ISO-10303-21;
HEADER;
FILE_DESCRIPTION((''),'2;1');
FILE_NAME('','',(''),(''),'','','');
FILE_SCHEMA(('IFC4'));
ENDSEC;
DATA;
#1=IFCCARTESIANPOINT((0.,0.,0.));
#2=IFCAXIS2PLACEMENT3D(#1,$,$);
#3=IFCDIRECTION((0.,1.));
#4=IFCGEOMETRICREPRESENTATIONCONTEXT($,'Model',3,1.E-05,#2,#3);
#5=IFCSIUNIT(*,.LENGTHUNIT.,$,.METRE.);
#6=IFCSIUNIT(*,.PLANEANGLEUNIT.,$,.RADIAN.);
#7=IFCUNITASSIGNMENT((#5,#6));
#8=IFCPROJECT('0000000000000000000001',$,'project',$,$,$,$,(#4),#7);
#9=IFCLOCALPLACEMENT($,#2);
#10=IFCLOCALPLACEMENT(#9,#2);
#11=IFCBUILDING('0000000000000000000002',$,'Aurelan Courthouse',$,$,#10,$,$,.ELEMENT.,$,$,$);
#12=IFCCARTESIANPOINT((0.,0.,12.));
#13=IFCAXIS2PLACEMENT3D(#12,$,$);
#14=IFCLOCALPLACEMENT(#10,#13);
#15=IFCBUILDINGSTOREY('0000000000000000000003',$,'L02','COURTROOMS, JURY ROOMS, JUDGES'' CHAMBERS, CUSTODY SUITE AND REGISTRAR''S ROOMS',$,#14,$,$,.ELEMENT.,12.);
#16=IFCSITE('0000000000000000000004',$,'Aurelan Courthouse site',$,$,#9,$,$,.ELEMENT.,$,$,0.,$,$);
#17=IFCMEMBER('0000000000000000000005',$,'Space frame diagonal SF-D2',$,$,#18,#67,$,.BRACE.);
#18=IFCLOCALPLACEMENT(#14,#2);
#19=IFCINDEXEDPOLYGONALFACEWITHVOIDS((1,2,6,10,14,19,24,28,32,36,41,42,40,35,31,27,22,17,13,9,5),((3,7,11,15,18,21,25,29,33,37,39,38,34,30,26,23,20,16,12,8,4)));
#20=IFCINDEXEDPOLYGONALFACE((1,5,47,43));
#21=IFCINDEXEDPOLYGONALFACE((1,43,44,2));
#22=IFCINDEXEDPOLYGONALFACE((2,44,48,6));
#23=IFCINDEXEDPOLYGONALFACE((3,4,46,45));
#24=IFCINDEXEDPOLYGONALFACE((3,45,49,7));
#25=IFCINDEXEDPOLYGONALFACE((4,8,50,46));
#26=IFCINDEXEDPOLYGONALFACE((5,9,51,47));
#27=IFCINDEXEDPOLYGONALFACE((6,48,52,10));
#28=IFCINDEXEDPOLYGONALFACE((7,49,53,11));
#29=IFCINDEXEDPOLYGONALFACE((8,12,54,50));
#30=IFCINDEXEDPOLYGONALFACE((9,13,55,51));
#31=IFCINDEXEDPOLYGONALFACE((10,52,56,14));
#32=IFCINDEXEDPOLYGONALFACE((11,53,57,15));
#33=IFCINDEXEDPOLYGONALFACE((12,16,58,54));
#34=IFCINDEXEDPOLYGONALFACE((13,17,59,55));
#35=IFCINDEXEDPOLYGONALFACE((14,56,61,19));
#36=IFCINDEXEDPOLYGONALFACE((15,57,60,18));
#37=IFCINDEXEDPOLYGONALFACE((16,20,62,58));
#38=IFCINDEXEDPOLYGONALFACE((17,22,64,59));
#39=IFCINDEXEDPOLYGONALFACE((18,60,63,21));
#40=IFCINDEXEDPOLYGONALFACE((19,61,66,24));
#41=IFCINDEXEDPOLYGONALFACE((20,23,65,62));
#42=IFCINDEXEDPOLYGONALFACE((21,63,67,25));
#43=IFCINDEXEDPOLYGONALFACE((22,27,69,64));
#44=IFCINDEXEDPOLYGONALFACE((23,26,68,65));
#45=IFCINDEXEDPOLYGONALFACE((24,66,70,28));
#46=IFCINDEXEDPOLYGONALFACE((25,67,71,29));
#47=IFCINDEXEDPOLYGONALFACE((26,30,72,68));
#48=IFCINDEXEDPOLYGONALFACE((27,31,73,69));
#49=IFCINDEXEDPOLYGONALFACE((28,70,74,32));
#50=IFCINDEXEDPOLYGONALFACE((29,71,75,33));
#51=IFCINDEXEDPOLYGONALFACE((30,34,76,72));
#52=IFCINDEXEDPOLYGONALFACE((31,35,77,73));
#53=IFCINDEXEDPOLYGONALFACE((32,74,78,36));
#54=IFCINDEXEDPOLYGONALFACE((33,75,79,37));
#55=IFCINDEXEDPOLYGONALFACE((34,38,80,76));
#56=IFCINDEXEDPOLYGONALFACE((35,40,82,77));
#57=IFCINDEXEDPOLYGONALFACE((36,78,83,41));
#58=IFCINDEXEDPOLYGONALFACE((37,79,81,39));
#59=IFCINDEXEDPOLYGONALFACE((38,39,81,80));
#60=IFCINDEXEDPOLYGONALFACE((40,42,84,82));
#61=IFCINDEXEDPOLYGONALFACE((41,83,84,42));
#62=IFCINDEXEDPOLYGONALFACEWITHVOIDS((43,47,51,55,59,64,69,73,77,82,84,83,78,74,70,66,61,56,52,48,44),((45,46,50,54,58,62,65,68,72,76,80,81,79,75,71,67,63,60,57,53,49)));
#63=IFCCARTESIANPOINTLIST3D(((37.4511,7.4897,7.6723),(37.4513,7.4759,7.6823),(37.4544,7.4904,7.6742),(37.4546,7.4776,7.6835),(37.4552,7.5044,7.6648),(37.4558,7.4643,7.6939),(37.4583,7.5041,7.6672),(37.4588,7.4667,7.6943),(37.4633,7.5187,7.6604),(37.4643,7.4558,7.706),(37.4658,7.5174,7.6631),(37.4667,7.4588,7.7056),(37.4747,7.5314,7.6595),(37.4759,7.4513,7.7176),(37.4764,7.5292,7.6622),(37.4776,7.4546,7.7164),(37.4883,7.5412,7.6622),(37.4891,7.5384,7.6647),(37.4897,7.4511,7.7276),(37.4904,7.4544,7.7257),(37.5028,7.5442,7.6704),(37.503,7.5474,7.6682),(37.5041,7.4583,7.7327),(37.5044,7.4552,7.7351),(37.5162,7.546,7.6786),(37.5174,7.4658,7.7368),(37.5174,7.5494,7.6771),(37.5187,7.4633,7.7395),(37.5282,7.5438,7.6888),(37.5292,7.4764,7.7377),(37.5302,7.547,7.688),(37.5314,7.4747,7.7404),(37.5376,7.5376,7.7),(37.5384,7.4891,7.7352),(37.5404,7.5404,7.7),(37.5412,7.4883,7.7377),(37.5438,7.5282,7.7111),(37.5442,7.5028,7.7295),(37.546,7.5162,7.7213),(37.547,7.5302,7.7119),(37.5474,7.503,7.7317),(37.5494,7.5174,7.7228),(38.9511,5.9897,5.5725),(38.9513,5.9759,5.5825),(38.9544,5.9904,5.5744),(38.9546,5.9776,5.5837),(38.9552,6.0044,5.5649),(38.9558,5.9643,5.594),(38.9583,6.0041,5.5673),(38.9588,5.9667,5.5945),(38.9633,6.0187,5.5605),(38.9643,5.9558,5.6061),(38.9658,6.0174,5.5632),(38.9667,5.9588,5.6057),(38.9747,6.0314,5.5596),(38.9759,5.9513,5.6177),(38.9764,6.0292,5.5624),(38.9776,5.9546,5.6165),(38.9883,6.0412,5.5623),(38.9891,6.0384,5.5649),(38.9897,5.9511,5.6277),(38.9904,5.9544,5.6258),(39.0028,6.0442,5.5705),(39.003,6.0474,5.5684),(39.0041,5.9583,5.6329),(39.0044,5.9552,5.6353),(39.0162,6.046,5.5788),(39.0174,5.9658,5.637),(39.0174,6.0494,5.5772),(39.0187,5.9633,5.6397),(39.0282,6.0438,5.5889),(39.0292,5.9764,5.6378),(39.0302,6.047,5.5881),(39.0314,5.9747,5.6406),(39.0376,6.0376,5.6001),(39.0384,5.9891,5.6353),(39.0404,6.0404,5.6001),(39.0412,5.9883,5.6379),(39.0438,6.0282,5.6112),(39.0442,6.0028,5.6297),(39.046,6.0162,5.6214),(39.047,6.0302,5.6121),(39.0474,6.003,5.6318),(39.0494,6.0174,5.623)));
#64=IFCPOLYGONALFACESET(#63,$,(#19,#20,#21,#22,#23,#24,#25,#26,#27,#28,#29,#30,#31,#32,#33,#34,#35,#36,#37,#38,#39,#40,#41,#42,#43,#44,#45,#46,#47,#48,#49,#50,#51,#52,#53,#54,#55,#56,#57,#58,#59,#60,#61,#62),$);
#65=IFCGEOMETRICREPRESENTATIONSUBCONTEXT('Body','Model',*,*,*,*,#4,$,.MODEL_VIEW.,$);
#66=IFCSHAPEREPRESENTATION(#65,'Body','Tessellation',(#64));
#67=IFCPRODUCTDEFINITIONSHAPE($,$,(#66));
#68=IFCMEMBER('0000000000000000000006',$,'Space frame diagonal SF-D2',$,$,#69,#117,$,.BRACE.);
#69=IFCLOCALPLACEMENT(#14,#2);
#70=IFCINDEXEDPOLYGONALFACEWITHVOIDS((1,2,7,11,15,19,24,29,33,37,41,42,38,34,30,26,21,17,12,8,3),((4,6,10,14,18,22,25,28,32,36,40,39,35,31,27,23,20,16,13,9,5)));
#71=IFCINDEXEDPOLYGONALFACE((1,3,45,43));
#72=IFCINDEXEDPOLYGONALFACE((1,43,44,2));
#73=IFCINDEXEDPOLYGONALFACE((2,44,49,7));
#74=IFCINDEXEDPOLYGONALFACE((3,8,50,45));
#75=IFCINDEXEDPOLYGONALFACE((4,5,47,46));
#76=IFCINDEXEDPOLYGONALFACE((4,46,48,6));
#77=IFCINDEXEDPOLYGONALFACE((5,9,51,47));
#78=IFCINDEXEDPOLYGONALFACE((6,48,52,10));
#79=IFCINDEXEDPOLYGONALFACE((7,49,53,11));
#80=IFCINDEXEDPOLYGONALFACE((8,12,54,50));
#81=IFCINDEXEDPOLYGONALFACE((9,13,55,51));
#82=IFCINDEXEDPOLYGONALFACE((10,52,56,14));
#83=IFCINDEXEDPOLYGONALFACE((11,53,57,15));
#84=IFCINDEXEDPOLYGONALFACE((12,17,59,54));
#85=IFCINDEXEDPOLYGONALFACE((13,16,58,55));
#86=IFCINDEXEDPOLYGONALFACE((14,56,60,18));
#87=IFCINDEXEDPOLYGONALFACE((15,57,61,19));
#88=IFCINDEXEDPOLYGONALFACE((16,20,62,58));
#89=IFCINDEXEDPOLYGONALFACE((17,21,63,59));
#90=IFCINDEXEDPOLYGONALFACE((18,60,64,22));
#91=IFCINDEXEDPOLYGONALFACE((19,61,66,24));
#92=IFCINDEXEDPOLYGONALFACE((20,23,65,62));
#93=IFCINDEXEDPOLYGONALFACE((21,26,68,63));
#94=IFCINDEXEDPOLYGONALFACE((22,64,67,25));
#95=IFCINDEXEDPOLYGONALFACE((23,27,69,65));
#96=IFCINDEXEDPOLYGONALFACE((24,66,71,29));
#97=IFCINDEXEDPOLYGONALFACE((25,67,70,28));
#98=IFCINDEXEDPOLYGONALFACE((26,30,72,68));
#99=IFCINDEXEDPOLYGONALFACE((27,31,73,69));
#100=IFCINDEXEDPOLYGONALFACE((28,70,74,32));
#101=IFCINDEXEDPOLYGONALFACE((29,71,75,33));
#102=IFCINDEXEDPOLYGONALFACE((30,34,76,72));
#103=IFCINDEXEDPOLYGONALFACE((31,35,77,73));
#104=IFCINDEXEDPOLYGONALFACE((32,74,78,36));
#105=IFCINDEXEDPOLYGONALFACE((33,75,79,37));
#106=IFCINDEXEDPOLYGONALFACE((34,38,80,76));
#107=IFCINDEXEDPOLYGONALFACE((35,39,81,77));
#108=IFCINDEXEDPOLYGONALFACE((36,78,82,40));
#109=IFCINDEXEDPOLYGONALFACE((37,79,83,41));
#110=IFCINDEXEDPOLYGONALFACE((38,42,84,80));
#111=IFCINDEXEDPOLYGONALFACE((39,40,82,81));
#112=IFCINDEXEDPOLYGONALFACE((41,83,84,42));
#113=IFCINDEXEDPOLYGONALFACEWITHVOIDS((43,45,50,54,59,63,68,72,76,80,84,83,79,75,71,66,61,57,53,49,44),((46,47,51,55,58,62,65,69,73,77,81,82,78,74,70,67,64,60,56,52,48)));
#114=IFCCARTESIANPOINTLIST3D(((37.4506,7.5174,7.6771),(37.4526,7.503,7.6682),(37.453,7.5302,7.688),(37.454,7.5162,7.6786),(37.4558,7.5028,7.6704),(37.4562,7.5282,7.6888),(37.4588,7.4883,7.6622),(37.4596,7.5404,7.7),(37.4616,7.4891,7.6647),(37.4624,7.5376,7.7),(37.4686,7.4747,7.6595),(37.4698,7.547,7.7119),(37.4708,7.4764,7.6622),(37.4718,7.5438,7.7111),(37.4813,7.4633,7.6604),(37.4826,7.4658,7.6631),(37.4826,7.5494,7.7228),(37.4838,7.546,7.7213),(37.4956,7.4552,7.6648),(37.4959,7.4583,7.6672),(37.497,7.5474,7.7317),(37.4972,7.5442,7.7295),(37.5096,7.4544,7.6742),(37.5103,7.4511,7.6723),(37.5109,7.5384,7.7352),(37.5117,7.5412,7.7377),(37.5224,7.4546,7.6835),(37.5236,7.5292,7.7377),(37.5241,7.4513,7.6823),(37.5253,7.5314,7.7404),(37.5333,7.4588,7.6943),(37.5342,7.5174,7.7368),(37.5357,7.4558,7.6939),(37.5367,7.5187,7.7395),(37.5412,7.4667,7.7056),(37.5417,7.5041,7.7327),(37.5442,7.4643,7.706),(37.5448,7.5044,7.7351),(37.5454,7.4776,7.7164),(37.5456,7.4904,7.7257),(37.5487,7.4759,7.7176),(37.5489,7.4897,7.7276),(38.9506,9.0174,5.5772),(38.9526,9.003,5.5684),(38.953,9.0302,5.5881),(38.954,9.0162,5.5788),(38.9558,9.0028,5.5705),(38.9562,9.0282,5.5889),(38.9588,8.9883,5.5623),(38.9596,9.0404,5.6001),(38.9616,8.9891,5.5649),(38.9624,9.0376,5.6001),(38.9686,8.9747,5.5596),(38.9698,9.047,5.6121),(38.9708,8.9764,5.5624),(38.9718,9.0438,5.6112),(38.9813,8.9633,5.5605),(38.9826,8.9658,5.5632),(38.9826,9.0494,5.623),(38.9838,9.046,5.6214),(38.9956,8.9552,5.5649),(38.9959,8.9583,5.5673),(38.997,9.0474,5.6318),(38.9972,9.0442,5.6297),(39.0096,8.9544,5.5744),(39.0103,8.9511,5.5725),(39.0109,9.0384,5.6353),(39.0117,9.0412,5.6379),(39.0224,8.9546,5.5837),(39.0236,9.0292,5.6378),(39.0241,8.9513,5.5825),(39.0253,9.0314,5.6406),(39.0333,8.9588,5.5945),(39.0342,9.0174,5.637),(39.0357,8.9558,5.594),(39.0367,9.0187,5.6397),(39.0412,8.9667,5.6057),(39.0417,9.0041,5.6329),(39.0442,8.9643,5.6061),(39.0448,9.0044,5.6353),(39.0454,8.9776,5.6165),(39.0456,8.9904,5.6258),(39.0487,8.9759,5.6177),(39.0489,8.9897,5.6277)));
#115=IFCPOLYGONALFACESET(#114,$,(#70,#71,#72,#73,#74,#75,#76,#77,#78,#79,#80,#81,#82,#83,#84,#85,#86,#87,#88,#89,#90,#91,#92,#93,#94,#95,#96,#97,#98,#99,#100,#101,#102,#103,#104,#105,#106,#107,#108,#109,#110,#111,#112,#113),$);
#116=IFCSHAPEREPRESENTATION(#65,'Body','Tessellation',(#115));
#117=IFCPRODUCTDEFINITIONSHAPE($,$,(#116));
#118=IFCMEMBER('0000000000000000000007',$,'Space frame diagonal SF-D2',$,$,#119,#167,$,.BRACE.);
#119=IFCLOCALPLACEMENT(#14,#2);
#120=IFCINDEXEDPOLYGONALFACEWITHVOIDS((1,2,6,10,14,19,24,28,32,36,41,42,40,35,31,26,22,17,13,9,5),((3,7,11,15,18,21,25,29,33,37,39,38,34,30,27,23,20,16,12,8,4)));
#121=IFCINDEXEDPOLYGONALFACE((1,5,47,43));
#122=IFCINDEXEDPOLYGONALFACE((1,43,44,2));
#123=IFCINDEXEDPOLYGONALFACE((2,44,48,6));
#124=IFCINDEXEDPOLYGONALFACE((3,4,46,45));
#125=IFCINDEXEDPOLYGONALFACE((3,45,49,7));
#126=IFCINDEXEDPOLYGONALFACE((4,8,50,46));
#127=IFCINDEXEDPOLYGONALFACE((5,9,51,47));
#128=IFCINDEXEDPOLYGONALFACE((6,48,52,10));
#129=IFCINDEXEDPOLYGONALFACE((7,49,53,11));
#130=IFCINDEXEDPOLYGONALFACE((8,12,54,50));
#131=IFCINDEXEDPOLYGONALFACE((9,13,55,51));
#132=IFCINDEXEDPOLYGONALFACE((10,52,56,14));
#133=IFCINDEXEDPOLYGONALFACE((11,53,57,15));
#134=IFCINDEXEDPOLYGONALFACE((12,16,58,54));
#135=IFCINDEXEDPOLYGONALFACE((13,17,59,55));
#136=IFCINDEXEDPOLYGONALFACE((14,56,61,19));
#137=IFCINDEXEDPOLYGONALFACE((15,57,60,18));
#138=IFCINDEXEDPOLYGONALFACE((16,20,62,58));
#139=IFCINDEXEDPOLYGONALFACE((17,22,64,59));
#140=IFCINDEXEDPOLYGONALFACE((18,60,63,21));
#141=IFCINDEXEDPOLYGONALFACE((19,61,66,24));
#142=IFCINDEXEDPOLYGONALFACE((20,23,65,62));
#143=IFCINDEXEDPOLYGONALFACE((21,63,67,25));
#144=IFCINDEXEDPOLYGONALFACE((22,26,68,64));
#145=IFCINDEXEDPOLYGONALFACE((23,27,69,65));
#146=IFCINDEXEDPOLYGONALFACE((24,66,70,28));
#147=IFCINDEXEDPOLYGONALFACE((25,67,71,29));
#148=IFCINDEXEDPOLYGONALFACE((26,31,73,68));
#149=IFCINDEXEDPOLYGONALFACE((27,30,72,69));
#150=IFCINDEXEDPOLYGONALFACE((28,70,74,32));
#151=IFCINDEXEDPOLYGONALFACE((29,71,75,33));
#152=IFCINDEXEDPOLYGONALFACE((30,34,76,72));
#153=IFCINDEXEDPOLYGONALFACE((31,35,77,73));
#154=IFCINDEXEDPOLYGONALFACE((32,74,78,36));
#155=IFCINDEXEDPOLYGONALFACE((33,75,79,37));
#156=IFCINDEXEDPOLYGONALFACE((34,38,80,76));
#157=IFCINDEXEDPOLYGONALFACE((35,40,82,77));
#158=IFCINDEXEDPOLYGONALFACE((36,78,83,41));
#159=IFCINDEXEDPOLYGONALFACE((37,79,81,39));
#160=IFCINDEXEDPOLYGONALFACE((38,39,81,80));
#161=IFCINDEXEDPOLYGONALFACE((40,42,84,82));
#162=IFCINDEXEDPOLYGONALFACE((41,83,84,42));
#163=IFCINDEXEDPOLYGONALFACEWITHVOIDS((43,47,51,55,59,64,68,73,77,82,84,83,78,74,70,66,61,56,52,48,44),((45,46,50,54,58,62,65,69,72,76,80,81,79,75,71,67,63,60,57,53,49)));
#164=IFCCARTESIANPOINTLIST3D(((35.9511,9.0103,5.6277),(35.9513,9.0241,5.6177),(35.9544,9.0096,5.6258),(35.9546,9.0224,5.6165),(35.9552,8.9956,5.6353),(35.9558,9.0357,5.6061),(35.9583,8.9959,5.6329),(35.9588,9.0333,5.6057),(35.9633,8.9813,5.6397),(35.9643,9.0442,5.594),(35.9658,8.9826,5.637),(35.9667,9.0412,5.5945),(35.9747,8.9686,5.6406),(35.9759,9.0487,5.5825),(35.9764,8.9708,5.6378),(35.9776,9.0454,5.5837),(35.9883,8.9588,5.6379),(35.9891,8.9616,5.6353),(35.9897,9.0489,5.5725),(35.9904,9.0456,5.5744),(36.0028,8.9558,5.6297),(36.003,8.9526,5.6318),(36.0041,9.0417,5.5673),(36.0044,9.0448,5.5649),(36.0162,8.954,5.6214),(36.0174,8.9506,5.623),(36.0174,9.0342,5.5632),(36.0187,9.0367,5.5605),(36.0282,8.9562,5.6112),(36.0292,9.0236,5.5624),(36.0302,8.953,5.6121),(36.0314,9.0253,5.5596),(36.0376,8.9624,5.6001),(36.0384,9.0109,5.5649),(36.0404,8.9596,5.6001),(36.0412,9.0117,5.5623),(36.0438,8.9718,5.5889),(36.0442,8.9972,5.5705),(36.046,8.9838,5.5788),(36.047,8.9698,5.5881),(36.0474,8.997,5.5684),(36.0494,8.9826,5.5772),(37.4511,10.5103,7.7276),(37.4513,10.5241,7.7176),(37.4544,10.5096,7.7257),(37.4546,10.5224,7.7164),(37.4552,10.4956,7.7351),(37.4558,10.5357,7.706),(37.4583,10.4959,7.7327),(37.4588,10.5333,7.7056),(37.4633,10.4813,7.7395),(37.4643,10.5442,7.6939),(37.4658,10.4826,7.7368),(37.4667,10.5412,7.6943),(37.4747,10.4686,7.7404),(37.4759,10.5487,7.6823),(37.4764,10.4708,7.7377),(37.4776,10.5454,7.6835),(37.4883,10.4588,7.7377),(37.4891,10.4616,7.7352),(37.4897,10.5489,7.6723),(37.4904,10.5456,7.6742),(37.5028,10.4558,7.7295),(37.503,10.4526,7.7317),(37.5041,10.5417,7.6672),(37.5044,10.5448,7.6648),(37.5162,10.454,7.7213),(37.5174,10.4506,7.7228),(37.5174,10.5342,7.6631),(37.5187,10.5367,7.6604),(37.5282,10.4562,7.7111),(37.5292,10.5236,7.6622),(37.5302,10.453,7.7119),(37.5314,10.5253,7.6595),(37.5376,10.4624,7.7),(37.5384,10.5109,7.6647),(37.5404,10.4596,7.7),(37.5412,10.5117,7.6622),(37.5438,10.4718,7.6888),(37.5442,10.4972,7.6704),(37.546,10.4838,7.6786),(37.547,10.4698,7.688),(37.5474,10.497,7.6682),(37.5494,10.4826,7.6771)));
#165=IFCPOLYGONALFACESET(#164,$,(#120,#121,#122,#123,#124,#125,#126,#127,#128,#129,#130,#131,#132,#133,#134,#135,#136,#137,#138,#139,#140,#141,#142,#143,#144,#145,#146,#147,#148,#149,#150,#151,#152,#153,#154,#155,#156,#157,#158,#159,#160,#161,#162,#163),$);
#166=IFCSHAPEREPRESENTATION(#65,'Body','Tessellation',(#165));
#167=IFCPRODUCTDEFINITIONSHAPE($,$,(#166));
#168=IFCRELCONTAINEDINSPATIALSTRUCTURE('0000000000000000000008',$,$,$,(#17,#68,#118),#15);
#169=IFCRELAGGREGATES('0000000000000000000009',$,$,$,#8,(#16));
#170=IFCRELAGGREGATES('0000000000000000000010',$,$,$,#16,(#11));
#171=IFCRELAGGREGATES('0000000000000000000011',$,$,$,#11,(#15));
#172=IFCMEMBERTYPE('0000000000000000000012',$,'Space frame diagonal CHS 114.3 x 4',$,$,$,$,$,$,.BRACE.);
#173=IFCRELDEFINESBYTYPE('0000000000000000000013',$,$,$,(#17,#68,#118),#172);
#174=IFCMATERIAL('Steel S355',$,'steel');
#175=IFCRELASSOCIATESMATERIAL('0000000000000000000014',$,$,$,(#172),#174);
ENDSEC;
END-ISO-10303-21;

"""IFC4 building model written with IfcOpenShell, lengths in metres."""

from ifc_helpers import new_model, si_unit, direction, frame, origin, origin_2d, place, context, subcontext, project, spatial, hollow_circle, extrude, material, material_profile, profile_set, type_object, element, save


model = new_model("IFC4")

# Units and contexts
model_context = context("Model", 3, precision=1e-05, world=origin(), true_north=direction((0.0, 1.0)))
body_context = subcontext(model_context, "Body", "Model", "MODEL_VIEW")
ifc_project = project(units=[si_unit("LENGTHUNIT", "METRE"), si_unit("PLANEANGLEUNIT", "RADIAN")], contexts=[model_context])

# Site, building, storey
site_placement = place(None, origin())
site = spatial("IfcSite", under=ifc_project, at=site_placement, Name="Aurelan Courthouse site", CompositionType="ELEMENT", RefElevation=0.0)
building_placement = place(site_placement, origin())
building = spatial("IfcBuilding", under=site, at=building_placement, Name="Aurelan Courthouse", CompositionType="ELEMENT")
storey_placement = place(building_placement, frame((0.0, 0.0, 12.0)))
storey = spatial("IfcBuildingStorey", under=building, at=storey_placement, Name="L02", Description="COURTROOMS, JURY ROOMS, JUDGES' CHAMBERS, CUSTODY SUITE AND REGISTRAR'S ROOMS", CompositionType="ELEMENT", Elevation=12.0)

# Members
ifc_material_1 = material(Name="Steel S355", Category="steel")
ifc_material_profile_1 = material_profile(ifc_material_1, hollow_circle(Radius=0.0571, WallThickness=0.0039, at=origin_2d()), Name="CHS 114.3 x 4")
ifc_profile_set_1 = profile_set([ifc_material_profile_1], Name="Steel S355")
member_type_1 = type_object("IfcMemberType", Name="Space frame diagonal CHS 114.3 x 4", PredefinedType="BRACE", material=ifc_profile_set_1)
for number, where, z_axis, x_axis, name in (
    (1, (37.5, 7.5, 7.7), (0.502536, -0.502536, -0.703502), (0.707107, 0.707107, 0.0), "Space frame diagonal SF-D2"),
    (2, (37.5, 7.5, 7.7), (0.502536, 0.502536, -0.703502), (-0.707107, 0.707107, 0.0), "Space frame diagonal SF-D2"),
    (3, (37.5, 10.5, 7.7), (-0.502536, -0.502536, -0.703502), (0.707107, -0.707107, 0.0), "Space frame diagonal SF-D2"),
):
    element("IfcMember", number, at=place(storey_placement, frame(where, z_axis=z_axis, x_axis=x_axis)), inside=storey, type_object=member_type_1, Name=name, PredefinedType="BRACE", context=body_context, shape_type="SweptSolid", body=[
        extrude(hollow_circle(Radius=0.0571, WallThickness=0.0039, at=origin_2d()), origin(), (0.0, 0.0, 1.0), 2.9849),
    ])

save(model, "model.ifc")
